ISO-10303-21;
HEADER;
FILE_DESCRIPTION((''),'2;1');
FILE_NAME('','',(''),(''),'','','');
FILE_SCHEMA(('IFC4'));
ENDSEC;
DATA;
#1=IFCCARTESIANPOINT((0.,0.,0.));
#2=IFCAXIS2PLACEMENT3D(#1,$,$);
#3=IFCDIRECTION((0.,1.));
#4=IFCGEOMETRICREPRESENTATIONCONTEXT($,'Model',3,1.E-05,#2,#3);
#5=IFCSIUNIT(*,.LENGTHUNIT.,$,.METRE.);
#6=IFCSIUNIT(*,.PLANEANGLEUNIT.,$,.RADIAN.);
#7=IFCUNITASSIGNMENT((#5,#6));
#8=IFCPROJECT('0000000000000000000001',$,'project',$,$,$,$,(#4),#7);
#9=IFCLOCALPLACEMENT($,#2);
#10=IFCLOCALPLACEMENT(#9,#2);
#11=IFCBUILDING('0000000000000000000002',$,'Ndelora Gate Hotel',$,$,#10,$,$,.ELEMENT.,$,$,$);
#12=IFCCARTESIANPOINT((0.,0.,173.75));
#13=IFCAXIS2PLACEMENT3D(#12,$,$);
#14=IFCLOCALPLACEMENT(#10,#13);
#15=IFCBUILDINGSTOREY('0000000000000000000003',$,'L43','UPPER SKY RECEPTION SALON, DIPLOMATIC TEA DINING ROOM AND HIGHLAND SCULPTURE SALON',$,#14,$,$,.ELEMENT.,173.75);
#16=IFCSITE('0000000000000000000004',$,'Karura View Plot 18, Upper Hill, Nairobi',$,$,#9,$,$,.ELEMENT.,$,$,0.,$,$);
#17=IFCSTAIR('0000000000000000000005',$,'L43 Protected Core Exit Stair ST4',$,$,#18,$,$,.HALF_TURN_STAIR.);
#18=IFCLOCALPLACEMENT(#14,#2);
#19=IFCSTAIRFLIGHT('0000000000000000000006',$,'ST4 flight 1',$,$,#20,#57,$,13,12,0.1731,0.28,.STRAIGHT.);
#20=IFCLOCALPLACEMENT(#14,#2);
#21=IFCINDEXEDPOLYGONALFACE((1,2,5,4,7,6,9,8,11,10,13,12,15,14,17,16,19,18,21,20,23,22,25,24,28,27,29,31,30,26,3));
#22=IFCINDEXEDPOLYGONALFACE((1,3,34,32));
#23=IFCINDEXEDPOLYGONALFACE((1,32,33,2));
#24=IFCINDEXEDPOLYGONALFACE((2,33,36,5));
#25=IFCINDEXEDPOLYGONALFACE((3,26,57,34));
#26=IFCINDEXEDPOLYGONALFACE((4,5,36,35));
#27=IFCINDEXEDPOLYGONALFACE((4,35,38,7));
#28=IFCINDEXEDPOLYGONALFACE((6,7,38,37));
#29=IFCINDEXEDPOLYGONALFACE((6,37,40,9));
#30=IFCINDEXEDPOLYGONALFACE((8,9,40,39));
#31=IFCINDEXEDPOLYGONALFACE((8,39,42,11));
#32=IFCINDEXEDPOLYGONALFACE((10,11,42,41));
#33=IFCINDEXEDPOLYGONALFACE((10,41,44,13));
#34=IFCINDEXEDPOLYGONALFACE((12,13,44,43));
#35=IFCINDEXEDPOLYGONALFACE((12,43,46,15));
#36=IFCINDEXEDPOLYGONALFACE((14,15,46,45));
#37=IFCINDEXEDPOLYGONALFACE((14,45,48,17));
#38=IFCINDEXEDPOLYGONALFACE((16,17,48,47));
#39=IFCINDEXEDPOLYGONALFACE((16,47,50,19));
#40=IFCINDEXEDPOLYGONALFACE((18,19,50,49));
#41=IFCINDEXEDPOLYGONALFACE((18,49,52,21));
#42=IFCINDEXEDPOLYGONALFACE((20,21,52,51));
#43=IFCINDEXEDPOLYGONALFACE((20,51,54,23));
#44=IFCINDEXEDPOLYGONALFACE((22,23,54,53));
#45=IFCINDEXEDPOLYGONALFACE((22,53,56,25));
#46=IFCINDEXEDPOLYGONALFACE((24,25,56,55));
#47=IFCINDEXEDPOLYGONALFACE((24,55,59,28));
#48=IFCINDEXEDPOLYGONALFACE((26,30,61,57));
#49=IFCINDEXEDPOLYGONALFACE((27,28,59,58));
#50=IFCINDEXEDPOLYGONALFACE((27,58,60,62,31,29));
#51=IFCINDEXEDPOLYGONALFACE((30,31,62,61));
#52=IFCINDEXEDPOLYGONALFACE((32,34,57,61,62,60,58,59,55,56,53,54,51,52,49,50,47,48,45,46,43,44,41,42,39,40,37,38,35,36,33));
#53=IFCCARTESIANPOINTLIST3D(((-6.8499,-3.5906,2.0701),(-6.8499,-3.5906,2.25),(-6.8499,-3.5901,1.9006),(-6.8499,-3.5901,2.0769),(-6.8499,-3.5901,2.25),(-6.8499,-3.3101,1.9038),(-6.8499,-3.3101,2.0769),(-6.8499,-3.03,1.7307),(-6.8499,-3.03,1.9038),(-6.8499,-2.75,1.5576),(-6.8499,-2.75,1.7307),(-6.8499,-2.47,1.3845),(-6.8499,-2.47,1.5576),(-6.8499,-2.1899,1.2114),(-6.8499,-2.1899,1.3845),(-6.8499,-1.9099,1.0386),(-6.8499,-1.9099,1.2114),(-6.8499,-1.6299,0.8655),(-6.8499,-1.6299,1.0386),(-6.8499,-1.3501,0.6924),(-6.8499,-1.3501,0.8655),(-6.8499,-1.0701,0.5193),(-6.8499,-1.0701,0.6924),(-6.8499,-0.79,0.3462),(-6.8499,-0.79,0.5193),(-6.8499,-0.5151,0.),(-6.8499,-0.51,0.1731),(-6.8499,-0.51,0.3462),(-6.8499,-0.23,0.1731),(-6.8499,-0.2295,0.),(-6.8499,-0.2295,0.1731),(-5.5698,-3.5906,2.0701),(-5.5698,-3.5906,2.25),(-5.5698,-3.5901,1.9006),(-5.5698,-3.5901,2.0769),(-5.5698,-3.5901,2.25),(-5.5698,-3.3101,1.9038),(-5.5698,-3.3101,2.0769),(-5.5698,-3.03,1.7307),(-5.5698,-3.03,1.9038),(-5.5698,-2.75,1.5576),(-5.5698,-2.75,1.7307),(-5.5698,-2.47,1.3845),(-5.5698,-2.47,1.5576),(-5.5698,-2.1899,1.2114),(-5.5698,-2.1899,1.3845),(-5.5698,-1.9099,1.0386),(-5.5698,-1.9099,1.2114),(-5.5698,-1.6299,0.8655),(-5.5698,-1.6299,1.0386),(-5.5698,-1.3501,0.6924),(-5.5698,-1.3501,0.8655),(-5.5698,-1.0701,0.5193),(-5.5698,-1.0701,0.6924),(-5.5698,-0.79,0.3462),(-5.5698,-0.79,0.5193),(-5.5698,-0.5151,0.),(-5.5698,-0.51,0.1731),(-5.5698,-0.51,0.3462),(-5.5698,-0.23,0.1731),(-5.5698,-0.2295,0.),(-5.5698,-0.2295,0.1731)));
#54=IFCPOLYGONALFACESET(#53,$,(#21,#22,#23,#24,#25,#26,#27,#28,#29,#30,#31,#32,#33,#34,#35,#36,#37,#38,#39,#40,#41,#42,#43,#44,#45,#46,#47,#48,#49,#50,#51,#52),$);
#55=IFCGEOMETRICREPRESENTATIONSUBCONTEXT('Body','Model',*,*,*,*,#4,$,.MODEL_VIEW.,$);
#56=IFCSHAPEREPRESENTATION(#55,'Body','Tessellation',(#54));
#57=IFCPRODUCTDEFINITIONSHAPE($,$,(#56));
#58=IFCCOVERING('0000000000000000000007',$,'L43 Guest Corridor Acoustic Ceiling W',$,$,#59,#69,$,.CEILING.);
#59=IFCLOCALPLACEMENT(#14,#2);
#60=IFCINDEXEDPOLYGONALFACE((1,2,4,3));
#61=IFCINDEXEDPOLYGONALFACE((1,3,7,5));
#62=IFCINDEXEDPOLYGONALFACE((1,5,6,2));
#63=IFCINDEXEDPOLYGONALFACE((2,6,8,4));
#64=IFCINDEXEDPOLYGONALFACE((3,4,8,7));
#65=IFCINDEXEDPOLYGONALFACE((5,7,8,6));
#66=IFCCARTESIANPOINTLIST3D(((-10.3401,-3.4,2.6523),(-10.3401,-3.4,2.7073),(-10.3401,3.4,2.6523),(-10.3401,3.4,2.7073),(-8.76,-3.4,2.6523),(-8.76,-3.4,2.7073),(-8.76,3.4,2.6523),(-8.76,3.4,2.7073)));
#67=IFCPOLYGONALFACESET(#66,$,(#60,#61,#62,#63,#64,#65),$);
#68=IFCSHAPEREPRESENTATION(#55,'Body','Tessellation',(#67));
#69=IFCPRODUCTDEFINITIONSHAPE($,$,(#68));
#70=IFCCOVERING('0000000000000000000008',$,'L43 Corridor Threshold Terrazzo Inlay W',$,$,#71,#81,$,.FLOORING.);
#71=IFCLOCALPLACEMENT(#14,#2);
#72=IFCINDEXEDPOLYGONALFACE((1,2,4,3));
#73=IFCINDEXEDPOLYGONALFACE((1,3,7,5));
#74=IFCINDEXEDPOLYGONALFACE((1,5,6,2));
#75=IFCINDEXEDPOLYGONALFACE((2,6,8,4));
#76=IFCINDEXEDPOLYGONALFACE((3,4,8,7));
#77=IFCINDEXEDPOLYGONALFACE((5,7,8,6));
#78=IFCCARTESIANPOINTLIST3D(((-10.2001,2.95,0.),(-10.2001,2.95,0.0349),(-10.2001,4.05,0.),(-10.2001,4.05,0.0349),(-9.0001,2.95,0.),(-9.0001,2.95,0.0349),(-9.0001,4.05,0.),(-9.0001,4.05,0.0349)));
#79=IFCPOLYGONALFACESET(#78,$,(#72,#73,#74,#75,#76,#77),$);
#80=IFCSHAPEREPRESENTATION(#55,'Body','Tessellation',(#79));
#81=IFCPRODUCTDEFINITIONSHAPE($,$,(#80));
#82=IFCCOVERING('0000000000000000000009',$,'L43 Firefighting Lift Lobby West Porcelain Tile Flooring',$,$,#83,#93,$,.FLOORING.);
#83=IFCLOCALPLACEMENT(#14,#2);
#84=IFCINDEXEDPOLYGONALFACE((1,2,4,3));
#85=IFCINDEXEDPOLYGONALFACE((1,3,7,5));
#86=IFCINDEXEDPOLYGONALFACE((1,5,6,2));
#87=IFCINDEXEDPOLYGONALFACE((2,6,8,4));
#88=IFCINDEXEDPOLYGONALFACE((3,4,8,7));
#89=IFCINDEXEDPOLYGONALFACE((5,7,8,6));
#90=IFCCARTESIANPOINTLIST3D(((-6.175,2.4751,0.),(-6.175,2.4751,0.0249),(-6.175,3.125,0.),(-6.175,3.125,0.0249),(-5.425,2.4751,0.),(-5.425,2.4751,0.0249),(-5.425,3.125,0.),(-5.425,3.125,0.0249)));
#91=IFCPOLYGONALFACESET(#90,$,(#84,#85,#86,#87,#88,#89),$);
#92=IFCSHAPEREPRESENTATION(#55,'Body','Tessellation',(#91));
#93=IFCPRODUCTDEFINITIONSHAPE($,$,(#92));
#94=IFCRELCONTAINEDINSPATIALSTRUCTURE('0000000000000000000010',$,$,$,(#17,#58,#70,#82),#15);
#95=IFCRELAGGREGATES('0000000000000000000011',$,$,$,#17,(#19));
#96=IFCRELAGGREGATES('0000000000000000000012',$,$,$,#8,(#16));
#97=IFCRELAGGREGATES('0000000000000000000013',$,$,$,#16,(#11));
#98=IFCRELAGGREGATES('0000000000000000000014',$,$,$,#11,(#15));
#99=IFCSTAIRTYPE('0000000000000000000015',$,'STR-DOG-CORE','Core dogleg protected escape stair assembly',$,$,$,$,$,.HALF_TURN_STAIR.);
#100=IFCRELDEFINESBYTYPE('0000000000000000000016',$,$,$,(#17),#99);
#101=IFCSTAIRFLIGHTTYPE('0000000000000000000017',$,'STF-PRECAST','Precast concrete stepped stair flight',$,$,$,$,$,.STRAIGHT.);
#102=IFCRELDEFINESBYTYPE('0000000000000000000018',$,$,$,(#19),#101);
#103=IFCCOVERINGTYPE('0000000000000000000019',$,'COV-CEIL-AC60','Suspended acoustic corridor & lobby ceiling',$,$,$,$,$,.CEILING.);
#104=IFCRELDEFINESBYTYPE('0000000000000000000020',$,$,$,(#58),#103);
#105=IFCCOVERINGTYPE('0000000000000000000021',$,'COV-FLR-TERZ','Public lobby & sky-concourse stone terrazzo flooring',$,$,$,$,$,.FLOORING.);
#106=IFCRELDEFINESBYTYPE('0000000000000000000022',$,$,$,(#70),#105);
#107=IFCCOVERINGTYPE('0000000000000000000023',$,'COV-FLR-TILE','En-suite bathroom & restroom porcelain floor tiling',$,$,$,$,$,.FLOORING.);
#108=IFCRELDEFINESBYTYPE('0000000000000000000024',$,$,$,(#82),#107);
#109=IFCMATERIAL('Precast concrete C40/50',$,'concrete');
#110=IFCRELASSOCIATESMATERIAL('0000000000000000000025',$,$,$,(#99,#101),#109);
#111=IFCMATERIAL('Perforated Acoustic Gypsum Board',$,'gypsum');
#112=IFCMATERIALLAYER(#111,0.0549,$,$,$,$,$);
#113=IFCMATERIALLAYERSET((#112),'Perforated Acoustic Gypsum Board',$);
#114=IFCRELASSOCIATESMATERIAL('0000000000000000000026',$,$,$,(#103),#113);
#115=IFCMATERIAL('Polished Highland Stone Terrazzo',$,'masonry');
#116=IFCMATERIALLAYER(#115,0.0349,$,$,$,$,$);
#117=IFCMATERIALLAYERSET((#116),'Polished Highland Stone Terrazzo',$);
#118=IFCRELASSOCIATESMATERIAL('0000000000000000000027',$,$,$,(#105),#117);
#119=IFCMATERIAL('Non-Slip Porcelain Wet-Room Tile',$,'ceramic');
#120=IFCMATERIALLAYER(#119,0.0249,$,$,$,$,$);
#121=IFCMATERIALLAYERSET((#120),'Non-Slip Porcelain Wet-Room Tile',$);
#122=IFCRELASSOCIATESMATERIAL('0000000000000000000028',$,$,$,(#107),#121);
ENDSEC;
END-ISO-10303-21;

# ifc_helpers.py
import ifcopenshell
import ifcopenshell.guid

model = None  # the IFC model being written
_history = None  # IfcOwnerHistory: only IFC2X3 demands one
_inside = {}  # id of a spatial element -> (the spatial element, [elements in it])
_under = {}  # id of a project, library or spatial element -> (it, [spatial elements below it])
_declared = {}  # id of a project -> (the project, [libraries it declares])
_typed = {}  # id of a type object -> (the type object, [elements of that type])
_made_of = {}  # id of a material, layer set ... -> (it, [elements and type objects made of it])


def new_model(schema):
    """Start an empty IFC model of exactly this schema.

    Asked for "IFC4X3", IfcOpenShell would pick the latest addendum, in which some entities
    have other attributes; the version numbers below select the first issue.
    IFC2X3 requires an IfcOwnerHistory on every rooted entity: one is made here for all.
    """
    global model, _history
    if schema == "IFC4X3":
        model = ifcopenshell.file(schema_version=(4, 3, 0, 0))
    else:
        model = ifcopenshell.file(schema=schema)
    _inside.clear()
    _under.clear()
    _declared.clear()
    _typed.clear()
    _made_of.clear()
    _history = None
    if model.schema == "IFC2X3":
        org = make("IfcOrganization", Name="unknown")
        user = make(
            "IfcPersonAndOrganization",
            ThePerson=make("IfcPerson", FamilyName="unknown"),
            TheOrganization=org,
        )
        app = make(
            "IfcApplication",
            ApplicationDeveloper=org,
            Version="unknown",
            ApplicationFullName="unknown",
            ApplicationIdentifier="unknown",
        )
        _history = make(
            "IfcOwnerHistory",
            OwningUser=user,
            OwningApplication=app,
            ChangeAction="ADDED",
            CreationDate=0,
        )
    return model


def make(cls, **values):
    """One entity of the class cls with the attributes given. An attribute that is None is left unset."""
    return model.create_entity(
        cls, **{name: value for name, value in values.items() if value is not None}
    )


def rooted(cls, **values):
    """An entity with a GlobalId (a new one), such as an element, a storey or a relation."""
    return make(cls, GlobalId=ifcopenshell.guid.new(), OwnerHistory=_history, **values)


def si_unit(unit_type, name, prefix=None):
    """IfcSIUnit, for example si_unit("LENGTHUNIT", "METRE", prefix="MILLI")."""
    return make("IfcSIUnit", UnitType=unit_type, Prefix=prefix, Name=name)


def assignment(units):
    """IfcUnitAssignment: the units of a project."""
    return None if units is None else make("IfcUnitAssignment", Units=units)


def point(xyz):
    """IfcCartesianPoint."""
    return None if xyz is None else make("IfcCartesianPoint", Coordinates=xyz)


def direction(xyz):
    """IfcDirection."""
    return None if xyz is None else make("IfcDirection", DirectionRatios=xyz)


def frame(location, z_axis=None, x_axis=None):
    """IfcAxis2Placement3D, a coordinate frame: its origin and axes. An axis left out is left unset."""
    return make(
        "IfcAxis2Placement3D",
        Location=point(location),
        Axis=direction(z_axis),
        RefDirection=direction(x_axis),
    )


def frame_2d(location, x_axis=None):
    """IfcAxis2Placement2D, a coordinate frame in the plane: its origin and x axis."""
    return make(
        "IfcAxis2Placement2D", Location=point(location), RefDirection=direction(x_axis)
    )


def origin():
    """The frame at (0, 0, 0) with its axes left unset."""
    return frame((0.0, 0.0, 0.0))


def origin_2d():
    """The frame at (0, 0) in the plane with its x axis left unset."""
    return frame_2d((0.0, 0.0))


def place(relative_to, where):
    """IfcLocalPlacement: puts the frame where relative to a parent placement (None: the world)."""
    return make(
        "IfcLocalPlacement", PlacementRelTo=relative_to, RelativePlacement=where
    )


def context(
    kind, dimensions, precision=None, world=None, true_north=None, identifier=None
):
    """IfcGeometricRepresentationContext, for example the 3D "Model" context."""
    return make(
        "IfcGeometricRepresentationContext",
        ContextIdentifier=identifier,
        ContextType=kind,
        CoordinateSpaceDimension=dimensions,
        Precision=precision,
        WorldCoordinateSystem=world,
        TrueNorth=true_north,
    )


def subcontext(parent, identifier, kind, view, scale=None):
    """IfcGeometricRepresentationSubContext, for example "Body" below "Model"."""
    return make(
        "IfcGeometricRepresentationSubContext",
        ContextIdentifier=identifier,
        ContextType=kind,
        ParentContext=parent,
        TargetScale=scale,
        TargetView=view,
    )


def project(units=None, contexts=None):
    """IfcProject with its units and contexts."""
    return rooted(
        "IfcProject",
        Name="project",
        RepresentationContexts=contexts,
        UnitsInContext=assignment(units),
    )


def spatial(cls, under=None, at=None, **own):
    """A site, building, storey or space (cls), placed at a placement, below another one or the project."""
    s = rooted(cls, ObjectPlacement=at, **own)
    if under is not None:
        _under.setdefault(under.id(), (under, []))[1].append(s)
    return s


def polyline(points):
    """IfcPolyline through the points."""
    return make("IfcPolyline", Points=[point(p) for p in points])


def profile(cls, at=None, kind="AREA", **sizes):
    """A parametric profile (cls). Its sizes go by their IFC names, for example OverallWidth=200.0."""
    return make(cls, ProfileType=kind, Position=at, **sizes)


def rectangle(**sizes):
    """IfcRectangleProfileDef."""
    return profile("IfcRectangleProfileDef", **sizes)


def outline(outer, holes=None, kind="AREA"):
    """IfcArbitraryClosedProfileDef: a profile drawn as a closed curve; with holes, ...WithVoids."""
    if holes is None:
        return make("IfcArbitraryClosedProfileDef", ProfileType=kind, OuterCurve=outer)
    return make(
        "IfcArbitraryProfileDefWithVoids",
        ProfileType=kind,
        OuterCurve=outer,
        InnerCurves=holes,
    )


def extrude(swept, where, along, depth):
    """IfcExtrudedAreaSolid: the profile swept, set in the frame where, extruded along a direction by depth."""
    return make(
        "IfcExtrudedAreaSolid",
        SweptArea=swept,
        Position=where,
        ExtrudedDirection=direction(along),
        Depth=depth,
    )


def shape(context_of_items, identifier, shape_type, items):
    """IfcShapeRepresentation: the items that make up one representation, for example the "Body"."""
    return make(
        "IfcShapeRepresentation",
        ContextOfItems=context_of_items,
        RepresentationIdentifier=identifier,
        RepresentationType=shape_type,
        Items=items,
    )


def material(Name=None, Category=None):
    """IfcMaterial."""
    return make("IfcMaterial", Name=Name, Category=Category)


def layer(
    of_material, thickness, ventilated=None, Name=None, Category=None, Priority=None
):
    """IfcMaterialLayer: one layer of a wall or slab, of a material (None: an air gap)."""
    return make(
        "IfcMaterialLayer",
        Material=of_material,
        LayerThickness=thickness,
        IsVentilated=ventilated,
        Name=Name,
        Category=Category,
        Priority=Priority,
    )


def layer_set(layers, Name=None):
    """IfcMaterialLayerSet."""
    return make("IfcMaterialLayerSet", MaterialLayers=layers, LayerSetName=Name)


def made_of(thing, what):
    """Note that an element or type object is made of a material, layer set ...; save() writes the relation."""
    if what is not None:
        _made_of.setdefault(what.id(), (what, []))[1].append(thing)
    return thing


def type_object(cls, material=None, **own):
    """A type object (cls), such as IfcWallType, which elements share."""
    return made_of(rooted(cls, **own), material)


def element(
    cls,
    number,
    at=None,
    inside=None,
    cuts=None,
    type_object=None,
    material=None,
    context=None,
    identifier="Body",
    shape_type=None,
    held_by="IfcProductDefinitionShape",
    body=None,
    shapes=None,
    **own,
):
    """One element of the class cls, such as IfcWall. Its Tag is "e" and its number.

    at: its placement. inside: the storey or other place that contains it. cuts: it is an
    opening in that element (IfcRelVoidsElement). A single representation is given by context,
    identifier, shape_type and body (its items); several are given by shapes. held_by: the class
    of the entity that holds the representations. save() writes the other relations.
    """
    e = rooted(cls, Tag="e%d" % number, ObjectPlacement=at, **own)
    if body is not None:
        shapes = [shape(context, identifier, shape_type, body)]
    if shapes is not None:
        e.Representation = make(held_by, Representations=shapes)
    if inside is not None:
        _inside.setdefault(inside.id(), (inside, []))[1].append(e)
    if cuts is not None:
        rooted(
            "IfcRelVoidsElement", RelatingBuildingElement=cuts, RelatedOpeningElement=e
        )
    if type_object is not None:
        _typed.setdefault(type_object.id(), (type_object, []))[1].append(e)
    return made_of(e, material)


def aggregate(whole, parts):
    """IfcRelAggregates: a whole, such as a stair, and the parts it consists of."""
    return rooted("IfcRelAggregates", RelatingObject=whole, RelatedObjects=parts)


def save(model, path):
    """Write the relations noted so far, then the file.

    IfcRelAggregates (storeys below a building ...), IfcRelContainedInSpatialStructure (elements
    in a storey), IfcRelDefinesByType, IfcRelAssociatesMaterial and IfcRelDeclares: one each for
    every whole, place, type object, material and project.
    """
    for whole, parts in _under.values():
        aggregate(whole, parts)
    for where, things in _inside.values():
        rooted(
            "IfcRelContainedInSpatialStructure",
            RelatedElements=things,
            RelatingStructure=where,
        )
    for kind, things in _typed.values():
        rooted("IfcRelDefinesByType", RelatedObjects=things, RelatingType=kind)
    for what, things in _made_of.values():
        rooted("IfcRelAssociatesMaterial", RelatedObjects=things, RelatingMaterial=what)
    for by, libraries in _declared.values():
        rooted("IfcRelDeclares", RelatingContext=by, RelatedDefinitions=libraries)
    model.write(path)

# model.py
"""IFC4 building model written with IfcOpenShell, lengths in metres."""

from ifc_helpers import new_model, si_unit, direction, frame, origin, origin_2d, place, context, subcontext, project, spatial, polyline, rectangle, outline, extrude, material, layer, layer_set, type_object, element, aggregate, save


model = new_model("IFC4")

# Units and contexts
model_context = context("Model", 3, precision=1e-05, world=origin(), true_north=direction((0.0, 1.0)))
body_context = subcontext(model_context, "Body", "Model", "MODEL_VIEW")
ifc_project = project(units=[si_unit("LENGTHUNIT", "METRE"), si_unit("PLANEANGLEUNIT", "RADIAN")], contexts=[model_context])

# Site, building, storey
site_placement = place(None, origin())
site = spatial("IfcSite", under=ifc_project, at=site_placement, Name="Karura View Plot 18, Upper Hill, Nairobi", CompositionType="ELEMENT", RefElevation=0.0)
building_placement = place(site_placement, origin())
building = spatial("IfcBuilding", under=site, at=building_placement, Name="Ndelora Gate Hotel", CompositionType="ELEMENT")
storey_placement = place(building_placement, frame((0.0, 0.0, 173.75)))
storey = spatial("IfcBuildingStorey", under=building, at=storey_placement, Name="L43", Description="UPPER SKY RECEPTION SALON, DIPLOMATIC TEA DINING ROOM AND HIGHLAND SCULPTURE SALON", CompositionType="ELEMENT", Elevation=173.75)

# Stair, stair flight
ifc_material_1 = material(Name="Precast concrete C40/50", Category="concrete")
stair_type = type_object("IfcStairType", Name="STR-DOG-CORE", Description="Core dogleg protected escape stair assembly", PredefinedType="HALF_TURN_STAIR", material=ifc_material_1)
stair_placement = place(storey_placement, origin())
stair = element("IfcStair", 1, at=stair_placement, inside=storey, type_object=stair_type, Name="L43 Protected Core Exit Stair ST4", PredefinedType="HALF_TURN_STAIR")
stair_flight_type = type_object("IfcStairFlightType", Name="STF-PRECAST", Description="Precast concrete stepped stair flight", PredefinedType="STRAIGHT", material=ifc_material_1)
stair_flight_placement = place(storey_placement, frame((-6.21, -0.23, 0.0), z_axis=(0.0, 0.0, 1.0), x_axis=(0.0, -1.0, 0.0)))
stair_flight = element("IfcStairFlight", 2, at=stair_flight_placement, type_object=stair_flight_type, Name="ST4 flight 1", NumberOfRisers=13, NumberOfTreads=12, PredefinedType="STRAIGHT", RiserHeight=0.1731, TreadLength=0.28, context=body_context, shape_type="SweptSolid", body=[
    extrude(outline(polyline([(-0.0005, 0.0), (-0.0005, 0.1731), (0.0, 0.1731), (0.28, 0.1731), (0.28, 0.3462), (0.5601, 0.3462), (0.5601, 0.5193), (0.8401, 0.5193), (0.8401, 0.6924), (1.1201, 0.6924), (1.1201, 0.8655), (1.3999, 0.8655), (1.3999, 1.0386), (1.6799, 1.0386), (1.6799, 1.2114), (1.96, 1.2114), (1.96, 1.3845), (2.24, 1.3845), (2.24, 1.5576), (2.52, 1.5576), (2.52, 1.7307), (2.8, 1.7307), (2.8, 1.9038), (3.0801, 1.9038), (3.0801, 2.0769), (3.3601, 2.0769), (3.3601, 2.25), (3.3606, 2.25), (3.3606, 2.0701), (3.3601, 1.9006), (0.2852, 0.0), (-0.0005, 0.0)])), frame((0.0, 0.6401, 0.0), z_axis=(0.0, -1.0, 0.0), x_axis=(1.0, 0.0, 0.0)), (0.0, 0.0, 1.0), 1.28),
])
aggregate(stair, [stair_flight])

# Coverings
ifc_material_2 = material(Name="Perforated Acoustic Gypsum Board", Category="gypsum")
ifc_layer_1 = layer(ifc_material_2, 0.0549)
ifc_layer_set_1 = layer_set([ifc_layer_1], Name="Perforated Acoustic Gypsum Board")
covering_type_1 = type_object("IfcCoveringType", Name="COV-CEIL-AC60", Description="Suspended acoustic corridor & lobby ceiling", PredefinedType="CEILING", material=ifc_layer_set_1)
covering_1_placement = place(storey_placement, frame((-9.55, 0.0, 2.6523), z_axis=(0.0, 0.0, 1.0), x_axis=(1.0, 0.0, 0.0)))
element("IfcCovering", 3, at=covering_1_placement, inside=storey, type_object=covering_type_1, Name="L43 Guest Corridor Acoustic Ceiling W", PredefinedType="CEILING", context=body_context, shape_type="SweptSolid", body=[
    extrude(rectangle(XDim=1.5801, YDim=6.8, at=origin_2d()), origin(), (0.0, 0.0, 1.0), 0.0549),
])
ifc_material_3 = material(Name="Polished Highland Stone Terrazzo", Category="masonry")
ifc_layer_2 = layer(ifc_material_3, 0.0349)
ifc_layer_set_2 = layer_set([ifc_layer_2], Name="Polished Highland Stone Terrazzo")
covering_type_2 = type_object("IfcCoveringType", Name="COV-FLR-TERZ", Description="Public lobby & sky-concourse stone terrazzo flooring", PredefinedType="FLOORING", material=ifc_layer_set_2)
covering_2_placement = place(storey_placement, frame((-9.6001, 3.5, 0.0), z_axis=(0.0, 0.0, 1.0), x_axis=(1.0, 0.0, 0.0)))
element("IfcCovering", 4, at=covering_2_placement, inside=storey, type_object=covering_type_2, Name="L43 Corridor Threshold Terrazzo Inlay W", PredefinedType="FLOORING", context=body_context, shape_type="SweptSolid", body=[
    extrude(rectangle(XDim=1.2, YDim=1.1001, at=origin_2d()), origin(), (0.0, 0.0, 1.0), 0.0349),
])
ifc_material_4 = material(Name="Non-Slip Porcelain Wet-Room Tile", Category="ceramic")
ifc_layer_3 = layer(ifc_material_4, 0.0249)
ifc_layer_set_3 = layer_set([ifc_layer_3], Name="Non-Slip Porcelain Wet-Room Tile")
covering_type_3 = type_object("IfcCoveringType", Name="COV-FLR-TILE", Description="En-suite bathroom & restroom porcelain floor tiling", PredefinedType="FLOORING", material=ifc_layer_set_3)
covering_3_placement = place(storey_placement, frame((-5.8, 2.8, 0.0), z_axis=(0.0, 0.0, 1.0), x_axis=(1.0, 0.0, 0.0)))
element("IfcCovering", 5, at=covering_3_placement, inside=storey, type_object=covering_type_3, Name="L43 Firefighting Lift Lobby West Porcelain Tile Flooring", PredefinedType="FLOORING", context=body_context, shape_type="SweptSolid", body=[
    extrude(rectangle(XDim=0.75, YDim=0.6499, at=origin_2d()), origin(), (0.0, 0.0, 1.0), 0.0249),
])

save(model, "model.ifc")
